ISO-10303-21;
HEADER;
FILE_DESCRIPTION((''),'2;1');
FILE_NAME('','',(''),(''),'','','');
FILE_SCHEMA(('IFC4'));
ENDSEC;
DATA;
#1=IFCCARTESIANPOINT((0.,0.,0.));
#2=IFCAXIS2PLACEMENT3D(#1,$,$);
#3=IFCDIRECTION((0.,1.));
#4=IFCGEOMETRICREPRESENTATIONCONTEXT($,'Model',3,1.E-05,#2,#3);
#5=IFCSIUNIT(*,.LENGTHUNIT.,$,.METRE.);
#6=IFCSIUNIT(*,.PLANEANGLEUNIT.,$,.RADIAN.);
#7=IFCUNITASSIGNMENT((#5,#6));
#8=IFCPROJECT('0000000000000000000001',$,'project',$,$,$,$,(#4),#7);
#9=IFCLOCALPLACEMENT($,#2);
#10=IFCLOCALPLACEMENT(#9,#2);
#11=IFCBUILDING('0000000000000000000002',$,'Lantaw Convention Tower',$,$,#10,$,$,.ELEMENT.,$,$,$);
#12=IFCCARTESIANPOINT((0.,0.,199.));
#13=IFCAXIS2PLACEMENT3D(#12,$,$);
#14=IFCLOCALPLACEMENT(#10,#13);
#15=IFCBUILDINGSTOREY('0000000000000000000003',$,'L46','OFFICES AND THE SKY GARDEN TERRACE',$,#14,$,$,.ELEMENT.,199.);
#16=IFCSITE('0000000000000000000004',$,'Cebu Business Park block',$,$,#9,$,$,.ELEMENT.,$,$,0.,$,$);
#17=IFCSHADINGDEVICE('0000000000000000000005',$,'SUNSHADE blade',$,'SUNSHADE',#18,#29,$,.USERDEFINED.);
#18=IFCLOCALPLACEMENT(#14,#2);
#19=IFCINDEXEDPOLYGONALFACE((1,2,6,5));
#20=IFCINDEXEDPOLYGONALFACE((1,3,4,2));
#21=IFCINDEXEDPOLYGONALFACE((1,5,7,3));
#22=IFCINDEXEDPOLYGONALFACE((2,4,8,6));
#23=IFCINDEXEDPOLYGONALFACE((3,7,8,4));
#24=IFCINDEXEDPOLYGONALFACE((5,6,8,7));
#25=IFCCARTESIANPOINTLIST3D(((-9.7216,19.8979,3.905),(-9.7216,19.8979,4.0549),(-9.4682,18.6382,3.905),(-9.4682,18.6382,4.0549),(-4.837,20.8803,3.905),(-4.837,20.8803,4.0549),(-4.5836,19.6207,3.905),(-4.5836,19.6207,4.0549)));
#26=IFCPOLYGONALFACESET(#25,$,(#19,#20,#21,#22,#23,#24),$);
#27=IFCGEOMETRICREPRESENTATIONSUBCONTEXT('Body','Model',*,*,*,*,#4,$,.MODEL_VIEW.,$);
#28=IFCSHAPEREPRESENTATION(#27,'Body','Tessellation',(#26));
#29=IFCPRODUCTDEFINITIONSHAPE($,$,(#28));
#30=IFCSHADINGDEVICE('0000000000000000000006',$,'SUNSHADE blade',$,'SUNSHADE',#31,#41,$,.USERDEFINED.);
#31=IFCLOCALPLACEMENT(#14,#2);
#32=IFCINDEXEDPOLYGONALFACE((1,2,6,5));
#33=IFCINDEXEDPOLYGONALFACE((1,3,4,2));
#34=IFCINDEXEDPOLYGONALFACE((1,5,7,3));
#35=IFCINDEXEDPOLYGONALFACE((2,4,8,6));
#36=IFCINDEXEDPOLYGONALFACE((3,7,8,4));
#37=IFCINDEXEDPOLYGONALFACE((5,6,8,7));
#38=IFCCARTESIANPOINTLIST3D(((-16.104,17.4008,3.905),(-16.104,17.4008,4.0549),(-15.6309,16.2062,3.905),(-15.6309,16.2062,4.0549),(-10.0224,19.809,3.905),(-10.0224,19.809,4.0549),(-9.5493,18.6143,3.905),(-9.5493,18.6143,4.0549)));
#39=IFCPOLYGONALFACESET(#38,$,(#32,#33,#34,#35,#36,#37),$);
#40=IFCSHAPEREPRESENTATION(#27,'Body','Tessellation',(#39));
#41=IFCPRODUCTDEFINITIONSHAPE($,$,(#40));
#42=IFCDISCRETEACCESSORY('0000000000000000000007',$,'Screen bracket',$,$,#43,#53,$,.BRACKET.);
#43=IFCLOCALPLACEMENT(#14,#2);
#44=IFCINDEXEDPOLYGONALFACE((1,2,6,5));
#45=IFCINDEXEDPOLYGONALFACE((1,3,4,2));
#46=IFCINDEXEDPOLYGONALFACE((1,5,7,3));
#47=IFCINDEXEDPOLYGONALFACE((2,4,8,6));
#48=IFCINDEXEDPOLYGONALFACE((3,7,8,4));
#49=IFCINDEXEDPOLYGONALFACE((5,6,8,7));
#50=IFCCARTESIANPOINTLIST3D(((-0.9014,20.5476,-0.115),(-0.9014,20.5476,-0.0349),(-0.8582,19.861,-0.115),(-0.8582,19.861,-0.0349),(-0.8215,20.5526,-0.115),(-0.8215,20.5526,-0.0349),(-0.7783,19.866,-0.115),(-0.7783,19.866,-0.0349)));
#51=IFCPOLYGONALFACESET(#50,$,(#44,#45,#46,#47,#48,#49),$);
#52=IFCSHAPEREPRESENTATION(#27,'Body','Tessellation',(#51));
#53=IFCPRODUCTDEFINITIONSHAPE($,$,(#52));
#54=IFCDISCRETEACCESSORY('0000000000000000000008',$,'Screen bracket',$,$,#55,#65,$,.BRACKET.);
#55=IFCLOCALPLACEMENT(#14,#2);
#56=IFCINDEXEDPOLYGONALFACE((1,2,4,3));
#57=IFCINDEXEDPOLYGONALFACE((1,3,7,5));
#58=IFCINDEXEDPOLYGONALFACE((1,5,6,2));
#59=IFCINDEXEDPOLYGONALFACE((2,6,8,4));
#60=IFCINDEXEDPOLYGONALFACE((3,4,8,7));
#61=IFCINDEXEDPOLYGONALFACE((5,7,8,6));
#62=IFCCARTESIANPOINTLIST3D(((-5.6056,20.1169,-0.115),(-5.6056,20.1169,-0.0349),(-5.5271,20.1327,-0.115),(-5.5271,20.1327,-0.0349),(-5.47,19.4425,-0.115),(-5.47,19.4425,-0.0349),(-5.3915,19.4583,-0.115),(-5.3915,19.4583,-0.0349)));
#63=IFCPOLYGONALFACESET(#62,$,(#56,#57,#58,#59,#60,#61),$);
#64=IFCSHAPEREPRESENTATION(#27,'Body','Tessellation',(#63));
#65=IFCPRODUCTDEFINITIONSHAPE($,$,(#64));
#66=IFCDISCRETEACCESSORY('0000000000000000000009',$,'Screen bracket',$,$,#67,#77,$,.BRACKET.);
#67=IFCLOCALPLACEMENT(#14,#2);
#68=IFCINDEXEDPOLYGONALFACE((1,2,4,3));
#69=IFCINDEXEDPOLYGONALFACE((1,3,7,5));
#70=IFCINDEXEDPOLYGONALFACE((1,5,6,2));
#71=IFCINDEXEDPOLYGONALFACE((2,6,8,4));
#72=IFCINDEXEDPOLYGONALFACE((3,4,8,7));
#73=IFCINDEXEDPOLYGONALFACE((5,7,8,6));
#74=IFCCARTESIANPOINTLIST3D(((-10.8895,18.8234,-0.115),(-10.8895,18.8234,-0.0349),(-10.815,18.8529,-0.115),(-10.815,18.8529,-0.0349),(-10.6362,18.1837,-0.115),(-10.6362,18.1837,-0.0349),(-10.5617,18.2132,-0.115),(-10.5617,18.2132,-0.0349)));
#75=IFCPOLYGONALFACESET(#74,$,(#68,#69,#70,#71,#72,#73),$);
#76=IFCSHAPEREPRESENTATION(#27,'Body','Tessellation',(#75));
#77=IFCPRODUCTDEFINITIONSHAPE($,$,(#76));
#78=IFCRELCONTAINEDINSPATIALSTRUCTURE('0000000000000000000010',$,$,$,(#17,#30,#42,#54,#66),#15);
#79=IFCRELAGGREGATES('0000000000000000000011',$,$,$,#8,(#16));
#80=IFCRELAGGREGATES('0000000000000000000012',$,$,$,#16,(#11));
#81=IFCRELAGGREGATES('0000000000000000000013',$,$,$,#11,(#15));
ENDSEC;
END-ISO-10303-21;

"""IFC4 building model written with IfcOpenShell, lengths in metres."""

from ifc_helpers import new_model, si_unit, direction, frame, origin, origin_2d, place, context, subcontext, project, spatial, rectangle, extrude, element, save


model = new_model("IFC4")

# Units and contexts
model_context = context("Model", 3, precision=1e-05, world=origin(), true_north=direction((0.0, 1.0)))
body_context = subcontext(model_context, "Body", "Model", "MODEL_VIEW")
ifc_project = project(units=[si_unit("LENGTHUNIT", "METRE"), si_unit("PLANEANGLEUNIT", "RADIAN")], contexts=[model_context])

# Site, building, storey
site_placement = place(None, origin())
site = spatial("IfcSite", under=ifc_project, at=site_placement, Name="Cebu Business Park block", CompositionType="ELEMENT", RefElevation=0.0)
building_placement = place(site_placement, origin())
building = spatial("IfcBuilding", under=site, at=building_placement, Name="Lantaw Convention Tower", CompositionType="ELEMENT")
storey_placement = place(building_placement, frame((0.0, 0.0, 199.0)))
storey = spatial("IfcBuildingStorey", under=building, at=storey_placement, Name="L46", Description="OFFICES AND THE SKY GARDEN TERRACE", CompositionType="ELEMENT", Elevation=199.0)

# Shading devices
shading_device_1_placement = place(storey_placement, frame((-7.1526, 19.7593, 3.905), z_axis=(0.0, 0.0, 1.0), x_axis=(-0.980367, -0.197183, 0.0)))
element("IfcShadingDevice", 1, at=shading_device_1_placement, inside=storey, Name="SUNSHADE blade", ObjectType="SUNSHADE", PredefinedType="USERDEFINED", context=body_context, shape_type="SweptSolid", body=[
    extrude(rectangle(XDim=4.9824, YDim=1.2849, at=origin_2d()), origin(), (0.0, 0.0, 1.0), 0.1499),
])
shading_device_2_placement = place(storey_placement, frame((-12.8267, 18.0076, 3.905), z_axis=(0.0, 0.0, 1.0), x_axis=(-0.929762, -0.368162, 0.0)))
element("IfcShadingDevice", 2, at=shading_device_2_placement, inside=storey, Name="SUNSHADE blade", ObjectType="SUNSHADE", PredefinedType="USERDEFINED", context=body_context, shape_type="SweptSolid", body=[
    extrude(rectangle(XDim=6.541, YDim=1.2849, at=origin_2d()), origin(), (0.0, 0.0, 1.0), 0.1499),
])

# Discrete accessories
for number, where, z_axis, x_axis, name in (
    (3, (-0.8398, 20.2068, -0.115), (0.0, 0.0, 1.0), (-0.998029, -0.062758, 0.0), "Screen bracket"),
    (4, (-5.4985, 19.7876, -0.115), (0.0, 0.0, 1.0), (-0.980367, -0.197183, 0.0), "Screen bracket"),
    (5, (-10.7256, 18.5183, -0.115), (0.0, 0.0, 1.0), (-0.929762, -0.368162, 0.0), "Screen bracket"),
):
    element("IfcDiscreteAccessory", number, at=place(storey_placement, frame(where, z_axis=z_axis, x_axis=x_axis)), inside=storey, Name=name, PredefinedType="BRACKET", context=body_context, shape_type="SweptSolid", body=[
        extrude(rectangle(XDim=0.0801, YDim=0.688, at=origin_2d()), origin(), (0.0, 0.0, 1.0), 0.0801),
    ])

save(model, "model.ifc")
